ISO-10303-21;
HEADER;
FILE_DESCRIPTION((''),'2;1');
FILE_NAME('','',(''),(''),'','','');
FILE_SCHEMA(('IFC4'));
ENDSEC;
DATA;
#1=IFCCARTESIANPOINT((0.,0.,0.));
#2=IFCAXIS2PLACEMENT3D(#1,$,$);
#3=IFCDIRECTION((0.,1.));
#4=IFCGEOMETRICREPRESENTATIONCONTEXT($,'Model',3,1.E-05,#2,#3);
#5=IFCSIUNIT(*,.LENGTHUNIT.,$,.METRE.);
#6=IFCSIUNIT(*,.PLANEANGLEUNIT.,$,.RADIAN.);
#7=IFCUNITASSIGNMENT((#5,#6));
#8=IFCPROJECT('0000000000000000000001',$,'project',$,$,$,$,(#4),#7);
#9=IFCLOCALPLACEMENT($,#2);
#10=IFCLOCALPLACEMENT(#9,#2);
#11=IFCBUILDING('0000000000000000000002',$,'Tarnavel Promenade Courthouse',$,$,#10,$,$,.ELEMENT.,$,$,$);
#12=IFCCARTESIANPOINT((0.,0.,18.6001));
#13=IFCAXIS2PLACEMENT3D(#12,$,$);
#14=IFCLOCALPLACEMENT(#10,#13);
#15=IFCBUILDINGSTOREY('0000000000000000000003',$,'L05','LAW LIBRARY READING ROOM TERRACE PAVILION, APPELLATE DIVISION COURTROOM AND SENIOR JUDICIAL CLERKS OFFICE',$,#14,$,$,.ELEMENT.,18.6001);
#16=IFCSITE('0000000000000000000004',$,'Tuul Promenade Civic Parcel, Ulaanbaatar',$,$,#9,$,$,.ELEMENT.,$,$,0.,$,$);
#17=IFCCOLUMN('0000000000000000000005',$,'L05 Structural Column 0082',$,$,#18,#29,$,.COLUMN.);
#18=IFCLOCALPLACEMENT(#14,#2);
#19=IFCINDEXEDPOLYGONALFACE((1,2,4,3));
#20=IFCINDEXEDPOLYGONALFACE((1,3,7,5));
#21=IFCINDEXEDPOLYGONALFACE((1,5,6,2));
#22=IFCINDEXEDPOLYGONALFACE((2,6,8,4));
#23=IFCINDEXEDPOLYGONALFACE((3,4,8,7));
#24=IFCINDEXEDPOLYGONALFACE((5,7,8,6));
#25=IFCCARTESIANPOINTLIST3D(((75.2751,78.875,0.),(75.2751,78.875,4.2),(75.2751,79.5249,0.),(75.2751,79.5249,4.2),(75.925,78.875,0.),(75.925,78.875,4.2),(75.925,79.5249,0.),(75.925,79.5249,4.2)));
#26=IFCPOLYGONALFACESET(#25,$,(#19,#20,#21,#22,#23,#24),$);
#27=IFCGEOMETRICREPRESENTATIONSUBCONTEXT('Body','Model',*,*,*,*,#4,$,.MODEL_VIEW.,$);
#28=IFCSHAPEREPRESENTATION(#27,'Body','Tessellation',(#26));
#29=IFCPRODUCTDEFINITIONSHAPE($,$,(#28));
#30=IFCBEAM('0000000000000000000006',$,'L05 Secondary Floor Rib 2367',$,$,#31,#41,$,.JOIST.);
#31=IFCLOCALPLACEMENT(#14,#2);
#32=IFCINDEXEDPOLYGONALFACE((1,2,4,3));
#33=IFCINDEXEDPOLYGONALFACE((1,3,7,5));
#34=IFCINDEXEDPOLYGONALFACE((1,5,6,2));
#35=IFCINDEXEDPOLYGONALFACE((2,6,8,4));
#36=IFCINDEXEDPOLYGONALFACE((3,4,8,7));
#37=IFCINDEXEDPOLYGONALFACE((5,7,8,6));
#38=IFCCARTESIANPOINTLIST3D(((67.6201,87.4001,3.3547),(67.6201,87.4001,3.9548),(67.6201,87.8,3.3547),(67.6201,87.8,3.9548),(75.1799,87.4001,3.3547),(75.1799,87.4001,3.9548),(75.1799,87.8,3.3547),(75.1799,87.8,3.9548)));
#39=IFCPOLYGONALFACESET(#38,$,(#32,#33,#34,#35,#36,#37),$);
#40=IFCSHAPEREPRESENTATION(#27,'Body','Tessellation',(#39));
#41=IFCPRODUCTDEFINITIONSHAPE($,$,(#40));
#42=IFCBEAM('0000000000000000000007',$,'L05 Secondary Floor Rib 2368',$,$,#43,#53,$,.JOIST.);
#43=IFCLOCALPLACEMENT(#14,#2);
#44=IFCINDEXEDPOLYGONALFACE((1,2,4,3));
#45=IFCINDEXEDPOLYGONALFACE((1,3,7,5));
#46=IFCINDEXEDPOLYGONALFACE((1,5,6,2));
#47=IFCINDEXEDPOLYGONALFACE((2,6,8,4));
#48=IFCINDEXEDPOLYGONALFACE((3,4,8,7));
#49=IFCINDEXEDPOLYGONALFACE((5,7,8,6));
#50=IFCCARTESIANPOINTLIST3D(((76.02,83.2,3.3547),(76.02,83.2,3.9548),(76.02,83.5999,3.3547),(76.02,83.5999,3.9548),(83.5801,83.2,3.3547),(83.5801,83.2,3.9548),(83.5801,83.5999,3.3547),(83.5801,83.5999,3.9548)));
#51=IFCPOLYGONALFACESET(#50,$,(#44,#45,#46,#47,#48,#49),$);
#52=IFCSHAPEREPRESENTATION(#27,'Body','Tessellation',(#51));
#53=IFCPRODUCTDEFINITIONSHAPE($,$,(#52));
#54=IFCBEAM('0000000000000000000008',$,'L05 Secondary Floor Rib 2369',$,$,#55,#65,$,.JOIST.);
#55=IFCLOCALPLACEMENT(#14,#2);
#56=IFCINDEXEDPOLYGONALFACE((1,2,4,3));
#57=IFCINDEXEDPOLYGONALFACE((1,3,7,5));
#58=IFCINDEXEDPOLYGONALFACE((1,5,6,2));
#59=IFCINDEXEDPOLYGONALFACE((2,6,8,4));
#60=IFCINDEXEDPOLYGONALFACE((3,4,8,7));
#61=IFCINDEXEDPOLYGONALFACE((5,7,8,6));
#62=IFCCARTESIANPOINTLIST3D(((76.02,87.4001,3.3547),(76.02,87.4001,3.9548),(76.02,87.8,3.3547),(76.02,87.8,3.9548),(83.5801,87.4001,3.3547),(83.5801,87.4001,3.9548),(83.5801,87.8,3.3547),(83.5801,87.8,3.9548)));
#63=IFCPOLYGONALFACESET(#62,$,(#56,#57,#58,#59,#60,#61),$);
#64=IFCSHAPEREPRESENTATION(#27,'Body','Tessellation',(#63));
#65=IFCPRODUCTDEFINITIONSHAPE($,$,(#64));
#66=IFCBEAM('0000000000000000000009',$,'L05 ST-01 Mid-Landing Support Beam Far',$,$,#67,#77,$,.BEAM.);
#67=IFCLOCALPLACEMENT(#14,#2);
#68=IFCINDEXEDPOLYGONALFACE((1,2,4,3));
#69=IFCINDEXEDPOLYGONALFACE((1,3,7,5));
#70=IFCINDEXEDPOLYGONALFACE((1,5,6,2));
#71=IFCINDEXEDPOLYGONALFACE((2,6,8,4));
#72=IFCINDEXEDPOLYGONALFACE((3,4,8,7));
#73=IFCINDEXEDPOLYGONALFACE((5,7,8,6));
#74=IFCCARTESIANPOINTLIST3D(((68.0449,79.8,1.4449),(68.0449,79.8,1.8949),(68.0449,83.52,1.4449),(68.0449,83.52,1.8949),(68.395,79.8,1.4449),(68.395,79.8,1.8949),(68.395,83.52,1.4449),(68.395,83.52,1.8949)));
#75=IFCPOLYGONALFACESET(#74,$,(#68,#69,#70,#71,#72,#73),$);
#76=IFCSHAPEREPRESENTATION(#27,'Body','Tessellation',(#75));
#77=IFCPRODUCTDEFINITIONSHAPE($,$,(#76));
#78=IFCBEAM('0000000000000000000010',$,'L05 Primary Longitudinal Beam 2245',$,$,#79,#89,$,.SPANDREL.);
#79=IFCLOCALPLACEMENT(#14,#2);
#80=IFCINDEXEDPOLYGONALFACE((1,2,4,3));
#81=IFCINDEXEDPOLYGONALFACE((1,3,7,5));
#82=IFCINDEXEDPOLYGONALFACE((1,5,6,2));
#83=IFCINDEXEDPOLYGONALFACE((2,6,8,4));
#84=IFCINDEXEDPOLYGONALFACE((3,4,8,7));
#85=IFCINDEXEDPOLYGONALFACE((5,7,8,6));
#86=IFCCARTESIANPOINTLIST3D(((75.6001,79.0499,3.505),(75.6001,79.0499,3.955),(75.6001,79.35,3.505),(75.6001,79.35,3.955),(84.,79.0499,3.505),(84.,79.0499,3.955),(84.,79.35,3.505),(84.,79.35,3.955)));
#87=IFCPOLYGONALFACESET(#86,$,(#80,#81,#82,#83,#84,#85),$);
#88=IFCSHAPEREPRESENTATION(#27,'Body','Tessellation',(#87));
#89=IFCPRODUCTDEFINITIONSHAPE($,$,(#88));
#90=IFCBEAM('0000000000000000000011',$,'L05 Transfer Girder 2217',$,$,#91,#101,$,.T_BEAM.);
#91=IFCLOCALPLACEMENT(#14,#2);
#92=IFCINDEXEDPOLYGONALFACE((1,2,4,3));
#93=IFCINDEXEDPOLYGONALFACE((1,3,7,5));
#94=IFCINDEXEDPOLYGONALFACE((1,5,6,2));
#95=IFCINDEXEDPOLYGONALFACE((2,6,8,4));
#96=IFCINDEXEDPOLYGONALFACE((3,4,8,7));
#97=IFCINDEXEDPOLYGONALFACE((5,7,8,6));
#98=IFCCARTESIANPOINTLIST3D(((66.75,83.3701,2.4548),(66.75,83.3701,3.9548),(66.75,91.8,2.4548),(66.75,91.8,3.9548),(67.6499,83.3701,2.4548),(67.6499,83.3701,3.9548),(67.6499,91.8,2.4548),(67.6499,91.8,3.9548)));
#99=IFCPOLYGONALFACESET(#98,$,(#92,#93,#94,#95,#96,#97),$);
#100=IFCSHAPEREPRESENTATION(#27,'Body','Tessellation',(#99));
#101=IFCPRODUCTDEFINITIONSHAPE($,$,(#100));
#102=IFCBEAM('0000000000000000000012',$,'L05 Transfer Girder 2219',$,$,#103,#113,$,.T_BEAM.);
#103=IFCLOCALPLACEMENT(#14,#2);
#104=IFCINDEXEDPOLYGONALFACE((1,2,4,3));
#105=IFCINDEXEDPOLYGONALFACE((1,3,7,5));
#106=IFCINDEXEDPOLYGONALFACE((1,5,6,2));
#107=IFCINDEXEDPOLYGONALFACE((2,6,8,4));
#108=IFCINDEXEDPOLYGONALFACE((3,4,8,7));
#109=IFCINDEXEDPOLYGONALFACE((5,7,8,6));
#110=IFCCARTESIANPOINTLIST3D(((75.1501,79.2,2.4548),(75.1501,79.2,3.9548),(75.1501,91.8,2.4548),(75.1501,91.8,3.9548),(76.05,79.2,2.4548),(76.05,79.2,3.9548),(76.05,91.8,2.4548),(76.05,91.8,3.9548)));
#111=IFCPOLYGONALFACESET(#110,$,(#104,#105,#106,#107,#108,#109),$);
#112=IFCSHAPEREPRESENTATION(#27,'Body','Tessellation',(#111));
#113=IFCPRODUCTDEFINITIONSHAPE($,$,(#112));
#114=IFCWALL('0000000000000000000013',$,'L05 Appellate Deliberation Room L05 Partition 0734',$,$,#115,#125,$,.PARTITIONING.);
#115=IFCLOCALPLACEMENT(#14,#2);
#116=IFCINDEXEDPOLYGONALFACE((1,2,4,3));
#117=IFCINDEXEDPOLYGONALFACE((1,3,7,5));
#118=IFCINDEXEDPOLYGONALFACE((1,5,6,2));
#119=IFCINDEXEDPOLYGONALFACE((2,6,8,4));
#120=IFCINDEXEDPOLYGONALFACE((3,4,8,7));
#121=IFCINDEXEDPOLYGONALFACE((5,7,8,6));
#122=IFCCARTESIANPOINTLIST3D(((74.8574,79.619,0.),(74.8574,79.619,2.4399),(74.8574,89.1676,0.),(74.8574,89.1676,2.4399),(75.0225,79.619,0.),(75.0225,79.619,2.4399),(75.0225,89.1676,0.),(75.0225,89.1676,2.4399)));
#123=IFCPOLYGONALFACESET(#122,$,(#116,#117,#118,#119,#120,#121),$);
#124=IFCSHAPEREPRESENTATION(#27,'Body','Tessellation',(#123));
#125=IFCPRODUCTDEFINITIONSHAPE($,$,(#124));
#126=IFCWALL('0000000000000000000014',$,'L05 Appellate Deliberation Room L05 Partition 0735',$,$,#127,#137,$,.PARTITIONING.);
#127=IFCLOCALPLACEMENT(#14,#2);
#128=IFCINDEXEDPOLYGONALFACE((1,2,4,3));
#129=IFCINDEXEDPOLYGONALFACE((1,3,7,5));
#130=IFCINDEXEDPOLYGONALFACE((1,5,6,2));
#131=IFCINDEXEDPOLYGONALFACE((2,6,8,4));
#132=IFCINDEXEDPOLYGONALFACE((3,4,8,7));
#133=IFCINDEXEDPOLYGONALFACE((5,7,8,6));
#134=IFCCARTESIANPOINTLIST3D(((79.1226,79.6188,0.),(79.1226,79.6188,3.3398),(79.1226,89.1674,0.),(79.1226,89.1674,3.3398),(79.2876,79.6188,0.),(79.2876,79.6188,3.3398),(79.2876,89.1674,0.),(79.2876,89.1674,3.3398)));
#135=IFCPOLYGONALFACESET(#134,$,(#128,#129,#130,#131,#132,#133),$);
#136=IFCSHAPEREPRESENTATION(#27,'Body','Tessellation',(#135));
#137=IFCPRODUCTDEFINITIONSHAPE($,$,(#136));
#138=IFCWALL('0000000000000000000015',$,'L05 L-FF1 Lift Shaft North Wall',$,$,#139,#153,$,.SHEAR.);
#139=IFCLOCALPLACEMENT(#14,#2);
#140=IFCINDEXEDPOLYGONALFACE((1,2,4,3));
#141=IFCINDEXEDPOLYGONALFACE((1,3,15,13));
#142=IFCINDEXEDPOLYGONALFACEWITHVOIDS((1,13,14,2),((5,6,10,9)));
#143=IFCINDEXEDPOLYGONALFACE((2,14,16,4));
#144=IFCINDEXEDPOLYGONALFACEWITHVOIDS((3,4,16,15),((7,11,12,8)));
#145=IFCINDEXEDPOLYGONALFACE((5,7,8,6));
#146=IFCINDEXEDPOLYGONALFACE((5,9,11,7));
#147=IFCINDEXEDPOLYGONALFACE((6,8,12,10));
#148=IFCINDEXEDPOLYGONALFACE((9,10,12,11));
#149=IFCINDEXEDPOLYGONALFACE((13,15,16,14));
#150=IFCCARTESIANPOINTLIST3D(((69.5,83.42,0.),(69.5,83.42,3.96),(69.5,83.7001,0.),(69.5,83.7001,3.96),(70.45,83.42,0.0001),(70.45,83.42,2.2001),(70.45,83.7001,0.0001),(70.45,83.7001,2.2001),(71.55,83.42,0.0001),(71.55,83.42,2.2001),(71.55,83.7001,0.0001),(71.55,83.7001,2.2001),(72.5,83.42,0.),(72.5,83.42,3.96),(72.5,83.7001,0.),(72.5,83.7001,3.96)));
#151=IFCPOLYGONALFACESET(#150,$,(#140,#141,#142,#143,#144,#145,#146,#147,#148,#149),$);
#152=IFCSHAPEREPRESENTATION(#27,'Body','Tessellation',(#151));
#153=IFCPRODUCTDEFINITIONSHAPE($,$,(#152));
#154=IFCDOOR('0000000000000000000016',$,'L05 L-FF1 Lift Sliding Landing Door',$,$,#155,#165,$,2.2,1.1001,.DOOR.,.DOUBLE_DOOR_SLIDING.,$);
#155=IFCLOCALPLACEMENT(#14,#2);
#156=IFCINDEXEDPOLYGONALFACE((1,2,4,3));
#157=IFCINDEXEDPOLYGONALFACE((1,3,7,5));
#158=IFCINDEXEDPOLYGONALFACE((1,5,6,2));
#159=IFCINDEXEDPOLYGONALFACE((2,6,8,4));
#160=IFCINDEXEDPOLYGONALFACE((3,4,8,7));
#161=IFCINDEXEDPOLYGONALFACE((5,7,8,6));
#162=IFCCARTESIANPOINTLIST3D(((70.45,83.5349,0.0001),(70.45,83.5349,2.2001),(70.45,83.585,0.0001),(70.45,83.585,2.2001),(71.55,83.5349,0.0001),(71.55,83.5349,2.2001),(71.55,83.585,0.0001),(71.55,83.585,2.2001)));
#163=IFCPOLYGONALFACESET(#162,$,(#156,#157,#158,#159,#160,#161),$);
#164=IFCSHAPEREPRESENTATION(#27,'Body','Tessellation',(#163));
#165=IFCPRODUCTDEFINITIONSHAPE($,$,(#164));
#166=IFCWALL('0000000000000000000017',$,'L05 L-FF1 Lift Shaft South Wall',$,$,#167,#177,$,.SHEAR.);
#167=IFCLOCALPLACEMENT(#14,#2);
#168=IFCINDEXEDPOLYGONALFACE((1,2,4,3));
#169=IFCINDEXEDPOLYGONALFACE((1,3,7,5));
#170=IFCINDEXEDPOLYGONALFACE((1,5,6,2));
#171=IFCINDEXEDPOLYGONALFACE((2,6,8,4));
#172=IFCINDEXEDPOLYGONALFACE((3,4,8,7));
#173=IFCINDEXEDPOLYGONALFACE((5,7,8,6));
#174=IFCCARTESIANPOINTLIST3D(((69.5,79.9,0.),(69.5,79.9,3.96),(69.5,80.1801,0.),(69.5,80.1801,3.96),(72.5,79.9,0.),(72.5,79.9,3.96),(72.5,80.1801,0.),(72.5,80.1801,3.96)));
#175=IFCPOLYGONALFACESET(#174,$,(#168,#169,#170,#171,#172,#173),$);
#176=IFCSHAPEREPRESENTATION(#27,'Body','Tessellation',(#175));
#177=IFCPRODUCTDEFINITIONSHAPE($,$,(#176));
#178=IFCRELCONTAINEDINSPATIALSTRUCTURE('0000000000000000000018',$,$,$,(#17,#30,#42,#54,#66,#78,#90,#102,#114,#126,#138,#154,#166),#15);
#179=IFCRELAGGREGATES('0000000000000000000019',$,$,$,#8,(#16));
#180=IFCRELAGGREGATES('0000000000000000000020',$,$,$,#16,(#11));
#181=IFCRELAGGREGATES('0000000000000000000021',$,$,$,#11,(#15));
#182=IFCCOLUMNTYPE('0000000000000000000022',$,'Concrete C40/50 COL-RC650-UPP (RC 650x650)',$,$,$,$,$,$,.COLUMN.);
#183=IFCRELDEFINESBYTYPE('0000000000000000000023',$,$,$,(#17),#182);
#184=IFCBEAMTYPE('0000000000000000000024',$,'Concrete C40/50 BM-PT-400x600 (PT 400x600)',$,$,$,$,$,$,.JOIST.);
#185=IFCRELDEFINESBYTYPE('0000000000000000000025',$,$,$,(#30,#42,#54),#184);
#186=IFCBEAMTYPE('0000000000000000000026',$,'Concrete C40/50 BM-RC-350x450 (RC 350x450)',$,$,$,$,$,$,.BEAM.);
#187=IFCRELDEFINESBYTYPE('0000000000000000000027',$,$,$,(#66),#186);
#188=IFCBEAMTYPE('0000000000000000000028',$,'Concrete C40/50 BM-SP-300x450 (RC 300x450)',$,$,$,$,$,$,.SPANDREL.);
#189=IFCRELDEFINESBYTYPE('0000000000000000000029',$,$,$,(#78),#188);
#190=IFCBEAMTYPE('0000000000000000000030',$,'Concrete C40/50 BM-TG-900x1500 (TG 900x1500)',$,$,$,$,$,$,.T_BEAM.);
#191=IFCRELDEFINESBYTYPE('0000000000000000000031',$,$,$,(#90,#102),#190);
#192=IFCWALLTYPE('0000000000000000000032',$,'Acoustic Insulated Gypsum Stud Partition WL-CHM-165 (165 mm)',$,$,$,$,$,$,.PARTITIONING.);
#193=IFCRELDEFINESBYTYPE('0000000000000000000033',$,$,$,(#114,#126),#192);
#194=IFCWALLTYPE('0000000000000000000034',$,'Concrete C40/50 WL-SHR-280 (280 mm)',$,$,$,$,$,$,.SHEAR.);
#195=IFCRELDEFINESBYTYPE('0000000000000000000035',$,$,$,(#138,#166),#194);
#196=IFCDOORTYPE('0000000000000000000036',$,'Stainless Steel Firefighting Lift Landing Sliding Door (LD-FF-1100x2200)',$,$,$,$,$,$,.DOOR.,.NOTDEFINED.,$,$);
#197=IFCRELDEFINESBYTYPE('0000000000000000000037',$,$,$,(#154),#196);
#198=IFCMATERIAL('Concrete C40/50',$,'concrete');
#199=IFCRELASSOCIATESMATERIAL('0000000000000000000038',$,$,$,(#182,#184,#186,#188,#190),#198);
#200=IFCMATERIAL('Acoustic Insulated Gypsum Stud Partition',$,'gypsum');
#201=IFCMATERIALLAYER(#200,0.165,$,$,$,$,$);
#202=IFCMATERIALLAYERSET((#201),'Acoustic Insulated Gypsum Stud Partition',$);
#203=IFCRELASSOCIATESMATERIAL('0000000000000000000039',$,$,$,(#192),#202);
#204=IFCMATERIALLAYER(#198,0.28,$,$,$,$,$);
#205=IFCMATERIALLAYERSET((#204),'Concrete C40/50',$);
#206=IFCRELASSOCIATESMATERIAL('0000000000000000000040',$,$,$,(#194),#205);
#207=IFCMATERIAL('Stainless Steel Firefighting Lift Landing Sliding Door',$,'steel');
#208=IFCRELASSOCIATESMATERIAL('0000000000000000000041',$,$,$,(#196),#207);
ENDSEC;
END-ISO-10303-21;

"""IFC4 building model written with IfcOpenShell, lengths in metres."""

from ifc_helpers import new_model, si_unit, direction, frame, frame_2d, origin, origin_2d, place, context, subcontext, project, spatial, rectangle, extrude, material, layer, layer_set, material_profile, profile_set, type_object, element, fill, save


model = new_model("IFC4")

# Units and contexts
model_context = context("Model", 3, precision=1e-05, world=origin(), true_north=direction((0.0, 1.0)))
body_context = subcontext(model_context, "Body", "Model", "MODEL_VIEW")
ifc_project = project(units=[si_unit("LENGTHUNIT", "METRE"), si_unit("PLANEANGLEUNIT", "RADIAN")], contexts=[model_context])

# Site, building, storey
site_placement = place(None, origin())
site = spatial("IfcSite", under=ifc_project, at=site_placement, Name="Tuul Promenade Civic Parcel, Ulaanbaatar", CompositionType="ELEMENT", RefElevation=0.0)
building_placement = place(site_placement, origin())
building = spatial("IfcBuilding", under=site, at=building_placement, Name="Tarnavel Promenade Courthouse", CompositionType="ELEMENT")
storey_placement = place(building_placement, frame((0.0, 0.0, 18.6001)))
storey = spatial("IfcBuildingStorey", under=building, at=storey_placement, Name="L05", Description="LAW LIBRARY READING ROOM TERRACE PAVILION, APPELLATE DIVISION COURTROOM AND SENIOR JUDICIAL CLERKS OFFICE", CompositionType="ELEMENT", Elevation=18.6001)

# Column
ifc_material_1 = material(Name="Concrete C40/50", Category="concrete")
ifc_material_profile_1 = material_profile(ifc_material_1, rectangle(XDim=0.6499, YDim=0.6499, at=origin_2d()), Name="RC 650x650")
ifc_profile_set_1 = profile_set([ifc_material_profile_1], Name="Concrete C40/50")
column_type = type_object("IfcColumnType", Name="Concrete C40/50 COL-RC650-UPP (RC 650x650)", PredefinedType="COLUMN", material=ifc_profile_set_1)
column_placement = place(storey_placement, frame((75.6001, 79.2, 0.0), z_axis=(0.0, 0.0, 1.0), x_axis=(1.0, 0.0, 0.0)))
element("IfcColumn", 1, at=column_placement, inside=storey, type_object=column_type, Name="L05 Structural Column 0082", PredefinedType="COLUMN", context=body_context, shape_type="SweptSolid", body=[
    extrude(rectangle(XDim=0.6499, YDim=0.6499, at=origin_2d()), origin(), (0.0, 0.0, 1.0), 4.2),
])

# Beams
ifc_material_profile_2 = material_profile(ifc_material_1, rectangle(XDim=0.3999, YDim=0.6001, at=origin_2d()), Name="PT 400x600")
ifc_profile_set_2 = profile_set([ifc_material_profile_2], Name="Concrete C40/50")
beam_type_1 = type_object("IfcBeamType", Name="Concrete C40/50 BM-PT-400x600 (PT 400x600)", PredefinedType="JOIST", material=ifc_profile_set_2)
beam_1_placement = place(storey_placement, frame((67.6201, 87.6001, 3.6548), z_axis=(1.0, 0.0, 0.0), x_axis=(0.0, 1.0, 0.0)))
element("IfcBeam", 2, at=beam_1_placement, inside=storey, type_object=beam_type_1, Name="L05 Secondary Floor Rib 2367", PredefinedType="JOIST", context=body_context, shape_type="SweptSolid", body=[
    extrude(rectangle(XDim=0.3999, YDim=0.6001, at=origin_2d()), origin(), (0.0, 0.0, 1.0), 7.5598),
])
for number, where, z_axis, x_axis, name in (
    (3, (76.02, 83.3999, 3.6548), (1.0, 0.0, 0.0), (0.0, 1.0, 0.0), "L05 Secondary Floor Rib 2368"),
    (4, (76.02, 87.6001, 3.6548), (1.0, 0.0, 0.0), (0.0, 1.0, 0.0), "L05 Secondary Floor Rib 2369"),
):
    element("IfcBeam", number, at=place(storey_placement, frame(where, z_axis=z_axis, x_axis=x_axis)), inside=storey, type_object=beam_type_1, Name=name, PredefinedType="JOIST", context=body_context, shape_type="SweptSolid", body=[
        extrude(rectangle(XDim=0.3999, YDim=0.6001, at=origin_2d()), origin(), (0.0, 0.0, 1.0), 7.5601),
    ])
ifc_material_profile_3 = material_profile(ifc_material_1, rectangle(XDim=0.3501, YDim=0.45, at=origin_2d()), Name="RC 350x450")
ifc_profile_set_3 = profile_set([ifc_material_profile_3], Name="Concrete C40/50")
beam_type_2 = type_object("IfcBeamType", Name="Concrete C40/50 BM-RC-350x450 (RC 350x450)", PredefinedType="BEAM", material=ifc_profile_set_3)
beam_2_placement = place(storey_placement, frame((68.22, 79.8, 1.6699), z_axis=(0.0, 1.0, 0.0), x_axis=(-1.0, 0.0, 0.0)))
element("IfcBeam", 5, at=beam_2_placement, inside=storey, type_object=beam_type_2, Name="L05 ST-01 Mid-Landing Support Beam Far", PredefinedType="BEAM", context=body_context, shape_type="SweptSolid", body=[
    extrude(rectangle(XDim=0.3501, YDim=0.45, at=origin_2d()), origin(), (0.0, 0.0, 1.0), 3.72),
])
ifc_material_profile_4 = material_profile(ifc_material_1, rectangle(XDim=0.3, YDim=0.45, at=origin_2d()), Name="RC 300x450")
ifc_profile_set_4 = profile_set([ifc_material_profile_4], Name="Concrete C40/50")
beam_type_3 = type_object("IfcBeamType", Name="Concrete C40/50 BM-SP-300x450 (RC 300x450)", PredefinedType="SPANDREL", material=ifc_profile_set_4)
beam_3_placement = place(storey_placement, frame((75.6001, 79.2, 3.73), z_axis=(1.0, 0.0, 0.0), x_axis=(0.0, 1.0, 0.0)))
element("IfcBeam", 6, at=beam_3_placement, inside=storey, type_object=beam_type_3, Name="L05 Primary Longitudinal Beam 2245", PredefinedType="SPANDREL", context=body_context, shape_type="SweptSolid", body=[
    extrude(rectangle(XDim=0.3, YDim=0.45, at=origin_2d()), origin(), (0.0, 0.0, 1.0), 8.3999),
])
ifc_material_profile_5 = material_profile(ifc_material_1, rectangle(XDim=0.8999, YDim=1.5, at=origin_2d()), Name="TG 900x1500")
ifc_profile_set_5 = profile_set([ifc_material_profile_5], Name="Concrete C40/50")
beam_type_4 = type_object("IfcBeamType", Name="Concrete C40/50 BM-TG-900x1500 (TG 900x1500)", PredefinedType="T_BEAM", material=ifc_profile_set_5)
beam_4_placement = place(storey_placement, frame((67.2, 83.3701, 3.2048), z_axis=(0.0, 1.0, 0.0), x_axis=(-1.0, 0.0, 0.0)))
element("IfcBeam", 7, at=beam_4_placement, inside=storey, type_object=beam_type_4, Name="L05 Transfer Girder 2217", PredefinedType="T_BEAM", context=body_context, shape_type="SweptSolid", body=[
    extrude(rectangle(XDim=0.8999, YDim=1.5, at=origin_2d()), origin(), (0.0, 0.0, 1.0), 8.4299),
])
beam_5_placement = place(storey_placement, frame((75.6001, 79.2, 3.2048), z_axis=(0.0, 1.0, 0.0), x_axis=(-1.0, 0.0, 0.0)))
element("IfcBeam", 8, at=beam_5_placement, inside=storey, type_object=beam_type_4, Name="L05 Transfer Girder 2219", PredefinedType="T_BEAM", context=body_context, shape_type="SweptSolid", body=[
    extrude(rectangle(XDim=0.8999, YDim=1.5, at=origin_2d()), origin(), (0.0, 0.0, 1.0), 12.6001),
])

# Shared definitions
ifc_material_2 = material(Name="Acoustic Insulated Gypsum Stud Partition", Category="gypsum")
ifc_layer_1 = layer(ifc_material_2, 0.165)
ifc_layer_set_1 = layer_set([ifc_layer_1], Name="Acoustic Insulated Gypsum Stud Partition")
wall_type_1 = type_object("IfcWallType", Name="Acoustic Insulated Gypsum Stud Partition WL-CHM-165 (165 mm)", PredefinedType="PARTITIONING", material=ifc_layer_set_1)

# Walls
wall_1_placement = place(storey_placement, frame((74.9399, 79.6189, 0.0), z_axis=(0.0, 0.0, 1.0), x_axis=(0.0, 1.0, 0.0)))
element("IfcWall", 9, at=wall_1_placement, inside=storey, type_object=wall_type_1, Name="L05 Appellate Deliberation Room L05 Partition 0734", PredefinedType="PARTITIONING", context=body_context, shape_type="SweptSolid", body=[
    extrude(rectangle(XDim=9.5486, YDim=0.165, at=frame_2d((4.7744, 0.0))), origin(), (0.0, 0.0, 1.0), 2.4399),
])
wall_2_placement = place(storey_placement, frame((79.2051, 89.1675, 0.0), z_axis=(0.0, 0.0, 1.0), x_axis=(0.0, -1.0, 0.0)))
element("IfcWall", 10, at=wall_2_placement, inside=storey, type_object=wall_type_1, Name="L05 Appellate Deliberation Room L05 Partition 0735", PredefinedType="PARTITIONING", context=body_context, shape_type="SweptSolid", body=[
    extrude(rectangle(XDim=9.5486, YDim=0.165, at=frame_2d((4.7744, 0.0))), origin(), (0.0, 0.0, 1.0), 3.3398),
])

# Wall, opening, door
ifc_layer_2 = layer(ifc_material_1, 0.28)
ifc_layer_set_2 = layer_set([ifc_layer_2], Name="Concrete C40/50")
wall_type_2 = type_object("IfcWallType", Name="Concrete C40/50 WL-SHR-280 (280 mm)", PredefinedType="SHEAR", material=ifc_layer_set_2)
wall_3_placement = place(storey_placement, frame((69.5, 83.5601, 0.0), z_axis=(0.0, 0.0, 1.0), x_axis=(1.0, 0.0, 0.0)))
wall_3 = element("IfcWall", 11, at=wall_3_placement, inside=storey, type_object=wall_type_2, Name="L05 L-FF1 Lift Shaft North Wall", PredefinedType="SHEAR", context=body_context, shape_type="SweptSolid", body=[
    extrude(rectangle(XDim=3.0, YDim=0.28, at=frame_2d((1.5, 0.0))), origin(), (0.0, 0.0, 1.0), 3.96),
])
opening_1_placement = place(wall_3_placement, frame((0.95, 0.0, 0.0)))
opening_1 = element("IfcOpeningElement", 12, at=opening_1_placement, cuts=wall_3, PredefinedType="OPENING", context=body_context, shape_type="SweptSolid", body=[
    extrude(rectangle(XDim=1.1001, YDim=2.2, at=frame_2d((0.55, 1.1001))), frame((0.0, 0.1499, 0.0), z_axis=(0.0, -1.0, 0.0), x_axis=(1.0, 0.0, 0.0)), (0.0, 0.0, 1.0), 0.3),
])
ifc_material_3 = material(Name="Stainless Steel Firefighting Lift Landing Sliding Door", Category="steel")
door_type_1 = type_object("IfcDoorType", Name="Stainless Steel Firefighting Lift Landing Sliding Door (LD-FF-1100x2200)", OperationType="NOTDEFINED", PredefinedType="DOOR", material=ifc_material_3)
door_1_placement = place(opening_1_placement, origin())
door_1 = element("IfcDoor", 13, at=door_1_placement, inside=storey, type_object=door_type_1, Name="L05 L-FF1 Lift Sliding Landing Door", OperationType="DOUBLE_DOOR_SLIDING", OverallHeight=2.2, OverallWidth=1.1001, PredefinedType="DOOR", context=body_context, shape_type="SweptSolid", body=[
    extrude(rectangle(XDim=1.1001, YDim=2.2, at=frame_2d((0.55, 1.1001))), frame((0.0, 0.0249, 0.0), z_axis=(0.0, -1.0, 0.0), x_axis=(1.0, 0.0, 0.0)), (0.0, 0.0, 1.0), 0.05),
])
fill(opening_1, door_1)

# Wall
wall_4_placement = place(storey_placement, frame((72.5, 80.04, 0.0), z_axis=(0.0, 0.0, 1.0), x_axis=(-1.0, 0.0, 0.0)))
element("IfcWall", 14, at=wall_4_placement, inside=storey, type_object=wall_type_2, Name="L05 L-FF1 Lift Shaft South Wall", PredefinedType="SHEAR", context=body_context, shape_type="SweptSolid", body=[
    extrude(rectangle(XDim=3.0, YDim=0.28, at=frame_2d((1.5, 0.0))), origin(), (0.0, 0.0, 1.0), 3.96),
])

save(model, "model.ifc")
